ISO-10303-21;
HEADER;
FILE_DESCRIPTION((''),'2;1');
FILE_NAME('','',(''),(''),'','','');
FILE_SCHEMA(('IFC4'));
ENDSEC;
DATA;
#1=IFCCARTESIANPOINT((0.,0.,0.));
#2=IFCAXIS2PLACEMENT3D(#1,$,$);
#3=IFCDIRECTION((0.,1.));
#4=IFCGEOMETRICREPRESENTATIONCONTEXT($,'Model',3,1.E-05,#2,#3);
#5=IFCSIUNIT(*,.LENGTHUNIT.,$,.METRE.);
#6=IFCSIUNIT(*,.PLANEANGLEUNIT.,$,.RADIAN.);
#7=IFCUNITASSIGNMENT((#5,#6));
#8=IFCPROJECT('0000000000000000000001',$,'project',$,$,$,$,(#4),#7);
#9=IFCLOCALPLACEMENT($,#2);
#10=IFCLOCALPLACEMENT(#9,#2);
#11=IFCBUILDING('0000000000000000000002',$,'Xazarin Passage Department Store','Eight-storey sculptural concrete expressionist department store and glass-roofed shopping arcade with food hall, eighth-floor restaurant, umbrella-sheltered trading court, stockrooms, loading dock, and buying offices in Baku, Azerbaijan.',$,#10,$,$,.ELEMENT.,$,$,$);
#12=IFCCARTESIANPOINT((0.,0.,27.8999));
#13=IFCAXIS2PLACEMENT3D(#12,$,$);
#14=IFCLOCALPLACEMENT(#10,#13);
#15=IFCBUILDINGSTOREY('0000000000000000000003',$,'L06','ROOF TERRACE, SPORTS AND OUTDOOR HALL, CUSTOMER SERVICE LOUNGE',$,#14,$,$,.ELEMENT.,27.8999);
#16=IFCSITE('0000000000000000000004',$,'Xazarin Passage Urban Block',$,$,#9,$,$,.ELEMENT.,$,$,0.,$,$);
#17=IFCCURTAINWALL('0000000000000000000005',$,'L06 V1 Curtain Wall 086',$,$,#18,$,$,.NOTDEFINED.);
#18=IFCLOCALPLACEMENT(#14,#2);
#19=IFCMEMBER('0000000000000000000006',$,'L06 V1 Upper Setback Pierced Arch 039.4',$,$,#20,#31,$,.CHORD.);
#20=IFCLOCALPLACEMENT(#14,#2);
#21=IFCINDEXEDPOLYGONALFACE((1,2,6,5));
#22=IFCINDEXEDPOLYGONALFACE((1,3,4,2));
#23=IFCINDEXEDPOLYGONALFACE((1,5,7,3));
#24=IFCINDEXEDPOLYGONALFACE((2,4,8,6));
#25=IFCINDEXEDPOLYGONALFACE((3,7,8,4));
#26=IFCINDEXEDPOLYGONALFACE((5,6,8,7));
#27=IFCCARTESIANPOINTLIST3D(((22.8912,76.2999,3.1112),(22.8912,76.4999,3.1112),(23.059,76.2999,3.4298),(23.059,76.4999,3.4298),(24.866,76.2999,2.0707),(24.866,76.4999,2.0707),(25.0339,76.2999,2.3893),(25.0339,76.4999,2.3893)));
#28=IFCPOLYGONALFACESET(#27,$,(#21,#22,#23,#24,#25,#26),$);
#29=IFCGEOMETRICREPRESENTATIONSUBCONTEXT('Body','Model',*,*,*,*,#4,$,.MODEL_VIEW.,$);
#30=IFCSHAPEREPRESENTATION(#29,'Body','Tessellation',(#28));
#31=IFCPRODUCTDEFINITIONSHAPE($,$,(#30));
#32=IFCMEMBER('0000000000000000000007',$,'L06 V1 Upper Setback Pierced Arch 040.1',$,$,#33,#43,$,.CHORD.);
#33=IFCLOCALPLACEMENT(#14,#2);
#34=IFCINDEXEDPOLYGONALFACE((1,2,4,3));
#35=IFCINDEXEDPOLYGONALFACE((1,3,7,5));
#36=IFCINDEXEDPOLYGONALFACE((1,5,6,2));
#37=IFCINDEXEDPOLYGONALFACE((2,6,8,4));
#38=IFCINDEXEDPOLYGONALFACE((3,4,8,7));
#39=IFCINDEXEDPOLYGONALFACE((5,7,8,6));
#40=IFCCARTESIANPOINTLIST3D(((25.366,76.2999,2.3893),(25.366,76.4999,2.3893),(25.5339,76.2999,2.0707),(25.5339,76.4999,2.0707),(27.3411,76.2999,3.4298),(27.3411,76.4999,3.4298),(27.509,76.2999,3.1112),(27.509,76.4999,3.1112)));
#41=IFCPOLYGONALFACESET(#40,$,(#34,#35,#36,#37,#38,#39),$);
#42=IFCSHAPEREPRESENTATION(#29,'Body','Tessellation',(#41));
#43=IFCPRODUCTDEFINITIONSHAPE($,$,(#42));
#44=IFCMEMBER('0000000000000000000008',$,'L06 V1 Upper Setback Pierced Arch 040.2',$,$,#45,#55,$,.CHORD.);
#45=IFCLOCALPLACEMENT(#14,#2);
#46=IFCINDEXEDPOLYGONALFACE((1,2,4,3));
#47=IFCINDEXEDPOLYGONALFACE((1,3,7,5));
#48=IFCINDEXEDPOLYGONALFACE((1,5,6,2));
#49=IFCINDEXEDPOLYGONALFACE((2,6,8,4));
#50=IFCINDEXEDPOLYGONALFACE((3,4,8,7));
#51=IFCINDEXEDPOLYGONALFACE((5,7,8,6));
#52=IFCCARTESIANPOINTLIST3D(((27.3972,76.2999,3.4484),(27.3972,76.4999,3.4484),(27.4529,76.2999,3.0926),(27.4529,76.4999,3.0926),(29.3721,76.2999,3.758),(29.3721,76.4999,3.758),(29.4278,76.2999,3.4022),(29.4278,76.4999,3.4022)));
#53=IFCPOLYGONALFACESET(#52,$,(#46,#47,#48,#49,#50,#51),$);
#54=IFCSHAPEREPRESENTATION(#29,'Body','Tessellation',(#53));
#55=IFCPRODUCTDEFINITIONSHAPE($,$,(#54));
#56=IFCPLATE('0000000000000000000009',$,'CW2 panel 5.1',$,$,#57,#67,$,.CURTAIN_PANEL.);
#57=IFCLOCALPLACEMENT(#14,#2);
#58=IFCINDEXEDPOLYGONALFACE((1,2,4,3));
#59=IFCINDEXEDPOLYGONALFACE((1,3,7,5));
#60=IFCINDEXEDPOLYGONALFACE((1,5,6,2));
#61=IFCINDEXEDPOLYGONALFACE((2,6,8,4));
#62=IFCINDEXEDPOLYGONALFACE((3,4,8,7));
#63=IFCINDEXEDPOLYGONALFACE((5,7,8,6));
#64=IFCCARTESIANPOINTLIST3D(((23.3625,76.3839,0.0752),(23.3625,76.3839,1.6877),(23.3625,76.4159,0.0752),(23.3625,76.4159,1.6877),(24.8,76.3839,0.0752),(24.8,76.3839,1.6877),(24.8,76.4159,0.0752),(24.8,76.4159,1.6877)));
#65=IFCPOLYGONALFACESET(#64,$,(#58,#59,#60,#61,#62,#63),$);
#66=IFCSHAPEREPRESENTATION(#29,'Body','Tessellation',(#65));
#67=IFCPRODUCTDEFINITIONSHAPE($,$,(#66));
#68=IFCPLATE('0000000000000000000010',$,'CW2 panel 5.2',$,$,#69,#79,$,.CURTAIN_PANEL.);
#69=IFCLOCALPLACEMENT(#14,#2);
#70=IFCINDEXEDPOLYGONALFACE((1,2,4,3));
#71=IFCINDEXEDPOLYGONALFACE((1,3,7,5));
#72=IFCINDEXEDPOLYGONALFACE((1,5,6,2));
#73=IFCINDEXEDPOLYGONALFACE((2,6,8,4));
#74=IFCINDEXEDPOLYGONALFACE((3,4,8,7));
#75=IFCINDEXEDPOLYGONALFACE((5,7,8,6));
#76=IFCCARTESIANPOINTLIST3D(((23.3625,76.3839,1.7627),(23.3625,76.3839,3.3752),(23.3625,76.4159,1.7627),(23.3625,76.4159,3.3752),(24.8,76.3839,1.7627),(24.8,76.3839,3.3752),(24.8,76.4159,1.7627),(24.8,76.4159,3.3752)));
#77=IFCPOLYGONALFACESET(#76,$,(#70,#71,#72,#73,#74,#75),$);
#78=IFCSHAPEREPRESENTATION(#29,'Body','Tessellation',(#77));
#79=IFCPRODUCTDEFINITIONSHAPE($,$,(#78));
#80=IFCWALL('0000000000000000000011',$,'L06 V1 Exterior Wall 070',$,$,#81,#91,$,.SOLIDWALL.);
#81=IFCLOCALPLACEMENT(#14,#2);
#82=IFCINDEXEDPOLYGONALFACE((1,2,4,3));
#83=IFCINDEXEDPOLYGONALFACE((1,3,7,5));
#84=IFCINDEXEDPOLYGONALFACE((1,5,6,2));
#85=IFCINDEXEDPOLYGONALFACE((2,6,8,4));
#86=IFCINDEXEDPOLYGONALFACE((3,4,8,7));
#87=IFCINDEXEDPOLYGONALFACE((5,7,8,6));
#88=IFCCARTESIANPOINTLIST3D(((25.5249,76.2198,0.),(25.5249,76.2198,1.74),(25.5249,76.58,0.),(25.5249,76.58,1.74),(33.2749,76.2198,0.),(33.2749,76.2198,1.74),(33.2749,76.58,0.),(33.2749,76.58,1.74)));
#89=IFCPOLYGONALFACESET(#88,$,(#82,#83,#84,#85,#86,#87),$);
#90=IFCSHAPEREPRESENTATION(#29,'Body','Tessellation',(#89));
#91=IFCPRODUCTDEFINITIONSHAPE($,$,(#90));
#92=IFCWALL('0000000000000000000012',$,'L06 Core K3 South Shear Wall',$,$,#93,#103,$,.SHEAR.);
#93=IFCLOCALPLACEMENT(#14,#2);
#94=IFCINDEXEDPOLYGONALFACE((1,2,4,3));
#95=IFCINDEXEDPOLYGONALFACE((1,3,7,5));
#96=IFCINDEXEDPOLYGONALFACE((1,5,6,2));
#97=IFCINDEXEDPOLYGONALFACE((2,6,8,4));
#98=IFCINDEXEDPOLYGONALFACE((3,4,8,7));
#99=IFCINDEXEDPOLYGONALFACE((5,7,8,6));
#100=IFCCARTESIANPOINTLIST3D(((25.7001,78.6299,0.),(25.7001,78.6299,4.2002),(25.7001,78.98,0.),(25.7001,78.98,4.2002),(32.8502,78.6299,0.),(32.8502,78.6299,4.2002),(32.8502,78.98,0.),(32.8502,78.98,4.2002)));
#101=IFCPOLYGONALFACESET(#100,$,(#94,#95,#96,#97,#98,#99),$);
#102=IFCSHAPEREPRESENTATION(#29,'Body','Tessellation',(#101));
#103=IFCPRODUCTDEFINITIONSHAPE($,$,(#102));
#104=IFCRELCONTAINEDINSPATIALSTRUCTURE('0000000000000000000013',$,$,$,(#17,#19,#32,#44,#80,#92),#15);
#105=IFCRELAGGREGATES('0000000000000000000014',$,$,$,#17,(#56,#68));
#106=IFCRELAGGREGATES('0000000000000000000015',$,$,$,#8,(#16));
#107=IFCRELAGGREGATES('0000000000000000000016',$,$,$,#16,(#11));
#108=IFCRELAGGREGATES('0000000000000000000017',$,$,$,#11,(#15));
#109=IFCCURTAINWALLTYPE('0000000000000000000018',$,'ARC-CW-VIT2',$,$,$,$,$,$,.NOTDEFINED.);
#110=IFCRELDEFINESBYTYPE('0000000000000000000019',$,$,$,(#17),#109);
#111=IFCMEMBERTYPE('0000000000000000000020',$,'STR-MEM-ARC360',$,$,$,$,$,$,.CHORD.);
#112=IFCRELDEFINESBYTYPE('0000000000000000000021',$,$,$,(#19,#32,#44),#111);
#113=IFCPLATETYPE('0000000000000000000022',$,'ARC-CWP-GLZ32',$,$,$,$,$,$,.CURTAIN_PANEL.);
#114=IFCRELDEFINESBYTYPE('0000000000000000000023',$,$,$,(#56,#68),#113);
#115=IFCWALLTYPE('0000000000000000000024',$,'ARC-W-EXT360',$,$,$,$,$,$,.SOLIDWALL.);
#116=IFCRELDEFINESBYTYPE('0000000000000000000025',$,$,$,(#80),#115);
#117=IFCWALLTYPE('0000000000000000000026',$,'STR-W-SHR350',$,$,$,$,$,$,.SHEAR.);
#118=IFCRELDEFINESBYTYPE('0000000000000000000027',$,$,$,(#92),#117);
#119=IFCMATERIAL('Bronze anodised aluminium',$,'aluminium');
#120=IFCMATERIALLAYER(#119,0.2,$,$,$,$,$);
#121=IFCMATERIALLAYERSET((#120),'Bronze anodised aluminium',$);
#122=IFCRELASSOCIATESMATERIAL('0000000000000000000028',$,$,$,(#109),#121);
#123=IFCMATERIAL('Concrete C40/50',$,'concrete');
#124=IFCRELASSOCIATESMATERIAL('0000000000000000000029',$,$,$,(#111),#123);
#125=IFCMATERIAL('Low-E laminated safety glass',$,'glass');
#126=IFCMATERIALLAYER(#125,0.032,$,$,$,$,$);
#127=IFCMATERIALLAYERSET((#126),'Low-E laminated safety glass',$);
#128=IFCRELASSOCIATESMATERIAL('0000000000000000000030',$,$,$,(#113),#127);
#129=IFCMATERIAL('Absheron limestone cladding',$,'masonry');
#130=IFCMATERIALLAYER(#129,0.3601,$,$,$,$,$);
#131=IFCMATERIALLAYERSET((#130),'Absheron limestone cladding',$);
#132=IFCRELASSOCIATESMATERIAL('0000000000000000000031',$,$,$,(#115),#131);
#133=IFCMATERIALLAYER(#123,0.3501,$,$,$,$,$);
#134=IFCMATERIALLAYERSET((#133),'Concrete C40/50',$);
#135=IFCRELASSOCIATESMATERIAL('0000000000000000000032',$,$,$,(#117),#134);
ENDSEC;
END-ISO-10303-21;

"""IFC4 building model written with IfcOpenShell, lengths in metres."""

from ifc_helpers import new_model, si_unit, direction, frame, frame_2d, origin, origin_2d, place, context, subcontext, project, spatial, rectangle, extrude, material, layer, layer_set, material_profile, profile_set, type_object, element, aggregate, save


model = new_model("IFC4")

# Units and contexts
model_context = context("Model", 3, precision=1e-05, world=origin(), true_north=direction((0.0, 1.0)))
body_context = subcontext(model_context, "Body", "Model", "MODEL_VIEW")
ifc_project = project(units=[si_unit("LENGTHUNIT", "METRE"), si_unit("PLANEANGLEUNIT", "RADIAN")], contexts=[model_context])

# Site, building, storey
site_placement = place(None, origin())
site = spatial("IfcSite", under=ifc_project, at=site_placement, Name="Xazarin Passage Urban Block", CompositionType="ELEMENT", RefElevation=0.0)
building_placement = place(site_placement, origin())
building = spatial("IfcBuilding", under=site, at=building_placement, Name="Xazarin Passage Department Store", Description="Eight-storey sculptural concrete expressionist department store and glass-roofed shopping arcade with food hall, eighth-floor restaurant, umbrella-sheltered trading court, stockrooms, loading dock, and buying offices in Baku, Azerbaijan.", CompositionType="ELEMENT")
storey_placement = place(building_placement, frame((0.0, 0.0, 27.8999)))
storey = spatial("IfcBuildingStorey", under=building, at=storey_placement, Name="L06", Description="ROOF TERRACE, SPORTS AND OUTDOOR HALL, CUSTOMER SERVICE LOUNGE", CompositionType="ELEMENT", Elevation=27.8999)

# Shared definitions
ifc_material_1 = material(Name="Concrete C40/50", Category="concrete")

# Curtain wall
ifc_material_2 = material(Name="Bronze anodised aluminium", Category="aluminium")
ifc_layer_1 = layer(ifc_material_2, 0.2)
ifc_layer_set_1 = layer_set([ifc_layer_1], Name="Bronze anodised aluminium")
curtain_wall_type = type_object("IfcCurtainWallType", Name="ARC-CW-VIT2", PredefinedType="NOTDEFINED", material=ifc_layer_set_1)
curtain_wall_placement = place(storey_placement, origin())
curtain_wall = element("IfcCurtainWall", 1, at=curtain_wall_placement, inside=storey, type_object=curtain_wall_type, Name="L06 V1 Curtain Wall 086", PredefinedType="NOTDEFINED")

# Members
ifc_material_profile_1 = material_profile(ifc_material_1, rectangle(XDim=0.2, YDim=0.3601, at=origin_2d()), Name="RC 200x360")
ifc_profile_set_1 = profile_set([ifc_material_profile_1], Name="Concrete C40/50")
member_type_1 = type_object("IfcMemberType", Name="STR-MEM-ARC360", PredefinedType="CHORD", material=ifc_profile_set_1)
member_1_placement = place(storey_placement, frame((22.9751, 76.3999, 3.2705), z_axis=(0.884709, 0.0, -0.466143), x_axis=(0.0, 1.0, 0.0)))
element("IfcMember", 2, at=member_1_placement, inside=storey, type_object=member_type_1, Name="L06 V1 Upper Setback Pierced Arch 039.4", PredefinedType="CHORD", context=body_context, shape_type="SweptSolid", body=[
    extrude(rectangle(XDim=0.2, YDim=0.3601, at=origin_2d()), origin(), (0.0, 0.0, 1.0), 2.2322),
])
member_2_placement = place(storey_placement, frame((25.45, 76.3999, 2.23), z_axis=(0.884733, 0.0, 0.466098), x_axis=(0.0, 1.0, 0.0)))
element("IfcMember", 3, at=member_2_placement, inside=storey, type_object=member_type_1, Name="L06 V1 Upper Setback Pierced Arch 040.1", PredefinedType="CHORD", context=body_context, shape_type="SweptSolid", body=[
    extrude(rectangle(XDim=0.2, YDim=0.3601, at=origin_2d()), origin(), (0.0, 0.0, 1.0), 2.2324),
])
member_3_placement = place(storey_placement, frame((27.425, 76.3999, 3.2705), z_axis=(0.987936, 0.0, 0.154865), x_axis=(0.0, 1.0, 0.0)))
element("IfcMember", 4, at=member_3_placement, inside=storey, type_object=member_type_1, Name="L06 V1 Upper Setback Pierced Arch 040.2", PredefinedType="CHORD", context=body_context, shape_type="SweptSolid", body=[
    extrude(rectangle(XDim=0.2, YDim=0.3601, at=origin_2d()), origin(), (0.0, 0.0, 1.0), 1.999),
])

# Plates
ifc_material_3 = material(Name="Low-E laminated safety glass", Category="glass")
ifc_layer_2 = layer(ifc_material_3, 0.032)
ifc_layer_set_2 = layer_set([ifc_layer_2], Name="Low-E laminated safety glass")
plate_type = type_object("IfcPlateType", Name="ARC-CWP-GLZ32", PredefinedType="CURTAIN_PANEL", material=ifc_layer_set_2)
plate_1_placement = place(storey_placement, frame((24.0813, 76.3999, 0.0752), z_axis=(0.0, 0.0, 1.0), x_axis=(1.0, 0.0, 0.0)))
plate_1 = element("IfcPlate", 5, at=plate_1_placement, type_object=plate_type, Name="CW2 panel 5.1", PredefinedType="CURTAIN_PANEL", context=body_context, shape_type="SweptSolid", body=[
    extrude(rectangle(XDim=1.4375, YDim=0.032, at=origin_2d()), origin(), (0.0, 0.0, 1.0), 1.6125),
])
plate_2_placement = place(storey_placement, frame((24.0813, 76.3999, 1.7627), z_axis=(0.0, 0.0, 1.0), x_axis=(1.0, 0.0, 0.0)))
plate_2 = element("IfcPlate", 6, at=plate_2_placement, type_object=plate_type, Name="CW2 panel 5.2", PredefinedType="CURTAIN_PANEL", context=body_context, shape_type="SweptSolid", body=[
    extrude(rectangle(XDim=1.4375, YDim=0.032, at=origin_2d()), origin(), (0.0, 0.0, 1.0), 1.6125),
])
aggregate(curtain_wall, [plate_1, plate_2])

# Walls
ifc_material_4 = material(Name="Absheron limestone cladding", Category="masonry")
ifc_layer_3 = layer(ifc_material_4, 0.3601)
ifc_layer_set_3 = layer_set([ifc_layer_3], Name="Absheron limestone cladding")
wall_type_1 = type_object("IfcWallType", Name="ARC-W-EXT360", PredefinedType="SOLIDWALL", material=ifc_layer_set_3)
wall_1_placement = place(storey_placement, frame((25.5249, 76.3999, 0.0), z_axis=(0.0, 0.0, 1.0), x_axis=(1.0, 0.0, 0.0)))
element("IfcWall", 7, at=wall_1_placement, inside=storey, type_object=wall_type_1, Name="L06 V1 Exterior Wall 070", PredefinedType="SOLIDWALL", context=body_context, shape_type="SweptSolid", body=[
    extrude(rectangle(XDim=7.75, YDim=0.3601, at=frame_2d((3.875, 0.0))), origin(), (0.0, 0.0, 1.0), 1.74),
])
ifc_layer_4 = layer(ifc_material_1, 0.3501)
ifc_layer_set_4 = layer_set([ifc_layer_4], Name="Concrete C40/50")
wall_type_2 = type_object("IfcWallType", Name="STR-W-SHR350", PredefinedType="SHEAR", material=ifc_layer_set_4)
wall_2_placement = place(storey_placement, frame((25.7, 78.8049, 0.0), z_axis=(0.0, 0.0, 1.0), x_axis=(1.0, 0.0, 0.0)))
element("IfcWall", 8, at=wall_2_placement, inside=storey, type_object=wall_type_2, Name="L06 Core K3 South Shear Wall", PredefinedType="SHEAR", context=body_context, shape_type="SweptSolid", body=[
    extrude(rectangle(XDim=7.1501, YDim=0.3501, at=frame_2d((3.5752, 0.0))), origin(), (0.0, 0.0, 1.0), 4.2002),
])

save(model, "model.ifc")
